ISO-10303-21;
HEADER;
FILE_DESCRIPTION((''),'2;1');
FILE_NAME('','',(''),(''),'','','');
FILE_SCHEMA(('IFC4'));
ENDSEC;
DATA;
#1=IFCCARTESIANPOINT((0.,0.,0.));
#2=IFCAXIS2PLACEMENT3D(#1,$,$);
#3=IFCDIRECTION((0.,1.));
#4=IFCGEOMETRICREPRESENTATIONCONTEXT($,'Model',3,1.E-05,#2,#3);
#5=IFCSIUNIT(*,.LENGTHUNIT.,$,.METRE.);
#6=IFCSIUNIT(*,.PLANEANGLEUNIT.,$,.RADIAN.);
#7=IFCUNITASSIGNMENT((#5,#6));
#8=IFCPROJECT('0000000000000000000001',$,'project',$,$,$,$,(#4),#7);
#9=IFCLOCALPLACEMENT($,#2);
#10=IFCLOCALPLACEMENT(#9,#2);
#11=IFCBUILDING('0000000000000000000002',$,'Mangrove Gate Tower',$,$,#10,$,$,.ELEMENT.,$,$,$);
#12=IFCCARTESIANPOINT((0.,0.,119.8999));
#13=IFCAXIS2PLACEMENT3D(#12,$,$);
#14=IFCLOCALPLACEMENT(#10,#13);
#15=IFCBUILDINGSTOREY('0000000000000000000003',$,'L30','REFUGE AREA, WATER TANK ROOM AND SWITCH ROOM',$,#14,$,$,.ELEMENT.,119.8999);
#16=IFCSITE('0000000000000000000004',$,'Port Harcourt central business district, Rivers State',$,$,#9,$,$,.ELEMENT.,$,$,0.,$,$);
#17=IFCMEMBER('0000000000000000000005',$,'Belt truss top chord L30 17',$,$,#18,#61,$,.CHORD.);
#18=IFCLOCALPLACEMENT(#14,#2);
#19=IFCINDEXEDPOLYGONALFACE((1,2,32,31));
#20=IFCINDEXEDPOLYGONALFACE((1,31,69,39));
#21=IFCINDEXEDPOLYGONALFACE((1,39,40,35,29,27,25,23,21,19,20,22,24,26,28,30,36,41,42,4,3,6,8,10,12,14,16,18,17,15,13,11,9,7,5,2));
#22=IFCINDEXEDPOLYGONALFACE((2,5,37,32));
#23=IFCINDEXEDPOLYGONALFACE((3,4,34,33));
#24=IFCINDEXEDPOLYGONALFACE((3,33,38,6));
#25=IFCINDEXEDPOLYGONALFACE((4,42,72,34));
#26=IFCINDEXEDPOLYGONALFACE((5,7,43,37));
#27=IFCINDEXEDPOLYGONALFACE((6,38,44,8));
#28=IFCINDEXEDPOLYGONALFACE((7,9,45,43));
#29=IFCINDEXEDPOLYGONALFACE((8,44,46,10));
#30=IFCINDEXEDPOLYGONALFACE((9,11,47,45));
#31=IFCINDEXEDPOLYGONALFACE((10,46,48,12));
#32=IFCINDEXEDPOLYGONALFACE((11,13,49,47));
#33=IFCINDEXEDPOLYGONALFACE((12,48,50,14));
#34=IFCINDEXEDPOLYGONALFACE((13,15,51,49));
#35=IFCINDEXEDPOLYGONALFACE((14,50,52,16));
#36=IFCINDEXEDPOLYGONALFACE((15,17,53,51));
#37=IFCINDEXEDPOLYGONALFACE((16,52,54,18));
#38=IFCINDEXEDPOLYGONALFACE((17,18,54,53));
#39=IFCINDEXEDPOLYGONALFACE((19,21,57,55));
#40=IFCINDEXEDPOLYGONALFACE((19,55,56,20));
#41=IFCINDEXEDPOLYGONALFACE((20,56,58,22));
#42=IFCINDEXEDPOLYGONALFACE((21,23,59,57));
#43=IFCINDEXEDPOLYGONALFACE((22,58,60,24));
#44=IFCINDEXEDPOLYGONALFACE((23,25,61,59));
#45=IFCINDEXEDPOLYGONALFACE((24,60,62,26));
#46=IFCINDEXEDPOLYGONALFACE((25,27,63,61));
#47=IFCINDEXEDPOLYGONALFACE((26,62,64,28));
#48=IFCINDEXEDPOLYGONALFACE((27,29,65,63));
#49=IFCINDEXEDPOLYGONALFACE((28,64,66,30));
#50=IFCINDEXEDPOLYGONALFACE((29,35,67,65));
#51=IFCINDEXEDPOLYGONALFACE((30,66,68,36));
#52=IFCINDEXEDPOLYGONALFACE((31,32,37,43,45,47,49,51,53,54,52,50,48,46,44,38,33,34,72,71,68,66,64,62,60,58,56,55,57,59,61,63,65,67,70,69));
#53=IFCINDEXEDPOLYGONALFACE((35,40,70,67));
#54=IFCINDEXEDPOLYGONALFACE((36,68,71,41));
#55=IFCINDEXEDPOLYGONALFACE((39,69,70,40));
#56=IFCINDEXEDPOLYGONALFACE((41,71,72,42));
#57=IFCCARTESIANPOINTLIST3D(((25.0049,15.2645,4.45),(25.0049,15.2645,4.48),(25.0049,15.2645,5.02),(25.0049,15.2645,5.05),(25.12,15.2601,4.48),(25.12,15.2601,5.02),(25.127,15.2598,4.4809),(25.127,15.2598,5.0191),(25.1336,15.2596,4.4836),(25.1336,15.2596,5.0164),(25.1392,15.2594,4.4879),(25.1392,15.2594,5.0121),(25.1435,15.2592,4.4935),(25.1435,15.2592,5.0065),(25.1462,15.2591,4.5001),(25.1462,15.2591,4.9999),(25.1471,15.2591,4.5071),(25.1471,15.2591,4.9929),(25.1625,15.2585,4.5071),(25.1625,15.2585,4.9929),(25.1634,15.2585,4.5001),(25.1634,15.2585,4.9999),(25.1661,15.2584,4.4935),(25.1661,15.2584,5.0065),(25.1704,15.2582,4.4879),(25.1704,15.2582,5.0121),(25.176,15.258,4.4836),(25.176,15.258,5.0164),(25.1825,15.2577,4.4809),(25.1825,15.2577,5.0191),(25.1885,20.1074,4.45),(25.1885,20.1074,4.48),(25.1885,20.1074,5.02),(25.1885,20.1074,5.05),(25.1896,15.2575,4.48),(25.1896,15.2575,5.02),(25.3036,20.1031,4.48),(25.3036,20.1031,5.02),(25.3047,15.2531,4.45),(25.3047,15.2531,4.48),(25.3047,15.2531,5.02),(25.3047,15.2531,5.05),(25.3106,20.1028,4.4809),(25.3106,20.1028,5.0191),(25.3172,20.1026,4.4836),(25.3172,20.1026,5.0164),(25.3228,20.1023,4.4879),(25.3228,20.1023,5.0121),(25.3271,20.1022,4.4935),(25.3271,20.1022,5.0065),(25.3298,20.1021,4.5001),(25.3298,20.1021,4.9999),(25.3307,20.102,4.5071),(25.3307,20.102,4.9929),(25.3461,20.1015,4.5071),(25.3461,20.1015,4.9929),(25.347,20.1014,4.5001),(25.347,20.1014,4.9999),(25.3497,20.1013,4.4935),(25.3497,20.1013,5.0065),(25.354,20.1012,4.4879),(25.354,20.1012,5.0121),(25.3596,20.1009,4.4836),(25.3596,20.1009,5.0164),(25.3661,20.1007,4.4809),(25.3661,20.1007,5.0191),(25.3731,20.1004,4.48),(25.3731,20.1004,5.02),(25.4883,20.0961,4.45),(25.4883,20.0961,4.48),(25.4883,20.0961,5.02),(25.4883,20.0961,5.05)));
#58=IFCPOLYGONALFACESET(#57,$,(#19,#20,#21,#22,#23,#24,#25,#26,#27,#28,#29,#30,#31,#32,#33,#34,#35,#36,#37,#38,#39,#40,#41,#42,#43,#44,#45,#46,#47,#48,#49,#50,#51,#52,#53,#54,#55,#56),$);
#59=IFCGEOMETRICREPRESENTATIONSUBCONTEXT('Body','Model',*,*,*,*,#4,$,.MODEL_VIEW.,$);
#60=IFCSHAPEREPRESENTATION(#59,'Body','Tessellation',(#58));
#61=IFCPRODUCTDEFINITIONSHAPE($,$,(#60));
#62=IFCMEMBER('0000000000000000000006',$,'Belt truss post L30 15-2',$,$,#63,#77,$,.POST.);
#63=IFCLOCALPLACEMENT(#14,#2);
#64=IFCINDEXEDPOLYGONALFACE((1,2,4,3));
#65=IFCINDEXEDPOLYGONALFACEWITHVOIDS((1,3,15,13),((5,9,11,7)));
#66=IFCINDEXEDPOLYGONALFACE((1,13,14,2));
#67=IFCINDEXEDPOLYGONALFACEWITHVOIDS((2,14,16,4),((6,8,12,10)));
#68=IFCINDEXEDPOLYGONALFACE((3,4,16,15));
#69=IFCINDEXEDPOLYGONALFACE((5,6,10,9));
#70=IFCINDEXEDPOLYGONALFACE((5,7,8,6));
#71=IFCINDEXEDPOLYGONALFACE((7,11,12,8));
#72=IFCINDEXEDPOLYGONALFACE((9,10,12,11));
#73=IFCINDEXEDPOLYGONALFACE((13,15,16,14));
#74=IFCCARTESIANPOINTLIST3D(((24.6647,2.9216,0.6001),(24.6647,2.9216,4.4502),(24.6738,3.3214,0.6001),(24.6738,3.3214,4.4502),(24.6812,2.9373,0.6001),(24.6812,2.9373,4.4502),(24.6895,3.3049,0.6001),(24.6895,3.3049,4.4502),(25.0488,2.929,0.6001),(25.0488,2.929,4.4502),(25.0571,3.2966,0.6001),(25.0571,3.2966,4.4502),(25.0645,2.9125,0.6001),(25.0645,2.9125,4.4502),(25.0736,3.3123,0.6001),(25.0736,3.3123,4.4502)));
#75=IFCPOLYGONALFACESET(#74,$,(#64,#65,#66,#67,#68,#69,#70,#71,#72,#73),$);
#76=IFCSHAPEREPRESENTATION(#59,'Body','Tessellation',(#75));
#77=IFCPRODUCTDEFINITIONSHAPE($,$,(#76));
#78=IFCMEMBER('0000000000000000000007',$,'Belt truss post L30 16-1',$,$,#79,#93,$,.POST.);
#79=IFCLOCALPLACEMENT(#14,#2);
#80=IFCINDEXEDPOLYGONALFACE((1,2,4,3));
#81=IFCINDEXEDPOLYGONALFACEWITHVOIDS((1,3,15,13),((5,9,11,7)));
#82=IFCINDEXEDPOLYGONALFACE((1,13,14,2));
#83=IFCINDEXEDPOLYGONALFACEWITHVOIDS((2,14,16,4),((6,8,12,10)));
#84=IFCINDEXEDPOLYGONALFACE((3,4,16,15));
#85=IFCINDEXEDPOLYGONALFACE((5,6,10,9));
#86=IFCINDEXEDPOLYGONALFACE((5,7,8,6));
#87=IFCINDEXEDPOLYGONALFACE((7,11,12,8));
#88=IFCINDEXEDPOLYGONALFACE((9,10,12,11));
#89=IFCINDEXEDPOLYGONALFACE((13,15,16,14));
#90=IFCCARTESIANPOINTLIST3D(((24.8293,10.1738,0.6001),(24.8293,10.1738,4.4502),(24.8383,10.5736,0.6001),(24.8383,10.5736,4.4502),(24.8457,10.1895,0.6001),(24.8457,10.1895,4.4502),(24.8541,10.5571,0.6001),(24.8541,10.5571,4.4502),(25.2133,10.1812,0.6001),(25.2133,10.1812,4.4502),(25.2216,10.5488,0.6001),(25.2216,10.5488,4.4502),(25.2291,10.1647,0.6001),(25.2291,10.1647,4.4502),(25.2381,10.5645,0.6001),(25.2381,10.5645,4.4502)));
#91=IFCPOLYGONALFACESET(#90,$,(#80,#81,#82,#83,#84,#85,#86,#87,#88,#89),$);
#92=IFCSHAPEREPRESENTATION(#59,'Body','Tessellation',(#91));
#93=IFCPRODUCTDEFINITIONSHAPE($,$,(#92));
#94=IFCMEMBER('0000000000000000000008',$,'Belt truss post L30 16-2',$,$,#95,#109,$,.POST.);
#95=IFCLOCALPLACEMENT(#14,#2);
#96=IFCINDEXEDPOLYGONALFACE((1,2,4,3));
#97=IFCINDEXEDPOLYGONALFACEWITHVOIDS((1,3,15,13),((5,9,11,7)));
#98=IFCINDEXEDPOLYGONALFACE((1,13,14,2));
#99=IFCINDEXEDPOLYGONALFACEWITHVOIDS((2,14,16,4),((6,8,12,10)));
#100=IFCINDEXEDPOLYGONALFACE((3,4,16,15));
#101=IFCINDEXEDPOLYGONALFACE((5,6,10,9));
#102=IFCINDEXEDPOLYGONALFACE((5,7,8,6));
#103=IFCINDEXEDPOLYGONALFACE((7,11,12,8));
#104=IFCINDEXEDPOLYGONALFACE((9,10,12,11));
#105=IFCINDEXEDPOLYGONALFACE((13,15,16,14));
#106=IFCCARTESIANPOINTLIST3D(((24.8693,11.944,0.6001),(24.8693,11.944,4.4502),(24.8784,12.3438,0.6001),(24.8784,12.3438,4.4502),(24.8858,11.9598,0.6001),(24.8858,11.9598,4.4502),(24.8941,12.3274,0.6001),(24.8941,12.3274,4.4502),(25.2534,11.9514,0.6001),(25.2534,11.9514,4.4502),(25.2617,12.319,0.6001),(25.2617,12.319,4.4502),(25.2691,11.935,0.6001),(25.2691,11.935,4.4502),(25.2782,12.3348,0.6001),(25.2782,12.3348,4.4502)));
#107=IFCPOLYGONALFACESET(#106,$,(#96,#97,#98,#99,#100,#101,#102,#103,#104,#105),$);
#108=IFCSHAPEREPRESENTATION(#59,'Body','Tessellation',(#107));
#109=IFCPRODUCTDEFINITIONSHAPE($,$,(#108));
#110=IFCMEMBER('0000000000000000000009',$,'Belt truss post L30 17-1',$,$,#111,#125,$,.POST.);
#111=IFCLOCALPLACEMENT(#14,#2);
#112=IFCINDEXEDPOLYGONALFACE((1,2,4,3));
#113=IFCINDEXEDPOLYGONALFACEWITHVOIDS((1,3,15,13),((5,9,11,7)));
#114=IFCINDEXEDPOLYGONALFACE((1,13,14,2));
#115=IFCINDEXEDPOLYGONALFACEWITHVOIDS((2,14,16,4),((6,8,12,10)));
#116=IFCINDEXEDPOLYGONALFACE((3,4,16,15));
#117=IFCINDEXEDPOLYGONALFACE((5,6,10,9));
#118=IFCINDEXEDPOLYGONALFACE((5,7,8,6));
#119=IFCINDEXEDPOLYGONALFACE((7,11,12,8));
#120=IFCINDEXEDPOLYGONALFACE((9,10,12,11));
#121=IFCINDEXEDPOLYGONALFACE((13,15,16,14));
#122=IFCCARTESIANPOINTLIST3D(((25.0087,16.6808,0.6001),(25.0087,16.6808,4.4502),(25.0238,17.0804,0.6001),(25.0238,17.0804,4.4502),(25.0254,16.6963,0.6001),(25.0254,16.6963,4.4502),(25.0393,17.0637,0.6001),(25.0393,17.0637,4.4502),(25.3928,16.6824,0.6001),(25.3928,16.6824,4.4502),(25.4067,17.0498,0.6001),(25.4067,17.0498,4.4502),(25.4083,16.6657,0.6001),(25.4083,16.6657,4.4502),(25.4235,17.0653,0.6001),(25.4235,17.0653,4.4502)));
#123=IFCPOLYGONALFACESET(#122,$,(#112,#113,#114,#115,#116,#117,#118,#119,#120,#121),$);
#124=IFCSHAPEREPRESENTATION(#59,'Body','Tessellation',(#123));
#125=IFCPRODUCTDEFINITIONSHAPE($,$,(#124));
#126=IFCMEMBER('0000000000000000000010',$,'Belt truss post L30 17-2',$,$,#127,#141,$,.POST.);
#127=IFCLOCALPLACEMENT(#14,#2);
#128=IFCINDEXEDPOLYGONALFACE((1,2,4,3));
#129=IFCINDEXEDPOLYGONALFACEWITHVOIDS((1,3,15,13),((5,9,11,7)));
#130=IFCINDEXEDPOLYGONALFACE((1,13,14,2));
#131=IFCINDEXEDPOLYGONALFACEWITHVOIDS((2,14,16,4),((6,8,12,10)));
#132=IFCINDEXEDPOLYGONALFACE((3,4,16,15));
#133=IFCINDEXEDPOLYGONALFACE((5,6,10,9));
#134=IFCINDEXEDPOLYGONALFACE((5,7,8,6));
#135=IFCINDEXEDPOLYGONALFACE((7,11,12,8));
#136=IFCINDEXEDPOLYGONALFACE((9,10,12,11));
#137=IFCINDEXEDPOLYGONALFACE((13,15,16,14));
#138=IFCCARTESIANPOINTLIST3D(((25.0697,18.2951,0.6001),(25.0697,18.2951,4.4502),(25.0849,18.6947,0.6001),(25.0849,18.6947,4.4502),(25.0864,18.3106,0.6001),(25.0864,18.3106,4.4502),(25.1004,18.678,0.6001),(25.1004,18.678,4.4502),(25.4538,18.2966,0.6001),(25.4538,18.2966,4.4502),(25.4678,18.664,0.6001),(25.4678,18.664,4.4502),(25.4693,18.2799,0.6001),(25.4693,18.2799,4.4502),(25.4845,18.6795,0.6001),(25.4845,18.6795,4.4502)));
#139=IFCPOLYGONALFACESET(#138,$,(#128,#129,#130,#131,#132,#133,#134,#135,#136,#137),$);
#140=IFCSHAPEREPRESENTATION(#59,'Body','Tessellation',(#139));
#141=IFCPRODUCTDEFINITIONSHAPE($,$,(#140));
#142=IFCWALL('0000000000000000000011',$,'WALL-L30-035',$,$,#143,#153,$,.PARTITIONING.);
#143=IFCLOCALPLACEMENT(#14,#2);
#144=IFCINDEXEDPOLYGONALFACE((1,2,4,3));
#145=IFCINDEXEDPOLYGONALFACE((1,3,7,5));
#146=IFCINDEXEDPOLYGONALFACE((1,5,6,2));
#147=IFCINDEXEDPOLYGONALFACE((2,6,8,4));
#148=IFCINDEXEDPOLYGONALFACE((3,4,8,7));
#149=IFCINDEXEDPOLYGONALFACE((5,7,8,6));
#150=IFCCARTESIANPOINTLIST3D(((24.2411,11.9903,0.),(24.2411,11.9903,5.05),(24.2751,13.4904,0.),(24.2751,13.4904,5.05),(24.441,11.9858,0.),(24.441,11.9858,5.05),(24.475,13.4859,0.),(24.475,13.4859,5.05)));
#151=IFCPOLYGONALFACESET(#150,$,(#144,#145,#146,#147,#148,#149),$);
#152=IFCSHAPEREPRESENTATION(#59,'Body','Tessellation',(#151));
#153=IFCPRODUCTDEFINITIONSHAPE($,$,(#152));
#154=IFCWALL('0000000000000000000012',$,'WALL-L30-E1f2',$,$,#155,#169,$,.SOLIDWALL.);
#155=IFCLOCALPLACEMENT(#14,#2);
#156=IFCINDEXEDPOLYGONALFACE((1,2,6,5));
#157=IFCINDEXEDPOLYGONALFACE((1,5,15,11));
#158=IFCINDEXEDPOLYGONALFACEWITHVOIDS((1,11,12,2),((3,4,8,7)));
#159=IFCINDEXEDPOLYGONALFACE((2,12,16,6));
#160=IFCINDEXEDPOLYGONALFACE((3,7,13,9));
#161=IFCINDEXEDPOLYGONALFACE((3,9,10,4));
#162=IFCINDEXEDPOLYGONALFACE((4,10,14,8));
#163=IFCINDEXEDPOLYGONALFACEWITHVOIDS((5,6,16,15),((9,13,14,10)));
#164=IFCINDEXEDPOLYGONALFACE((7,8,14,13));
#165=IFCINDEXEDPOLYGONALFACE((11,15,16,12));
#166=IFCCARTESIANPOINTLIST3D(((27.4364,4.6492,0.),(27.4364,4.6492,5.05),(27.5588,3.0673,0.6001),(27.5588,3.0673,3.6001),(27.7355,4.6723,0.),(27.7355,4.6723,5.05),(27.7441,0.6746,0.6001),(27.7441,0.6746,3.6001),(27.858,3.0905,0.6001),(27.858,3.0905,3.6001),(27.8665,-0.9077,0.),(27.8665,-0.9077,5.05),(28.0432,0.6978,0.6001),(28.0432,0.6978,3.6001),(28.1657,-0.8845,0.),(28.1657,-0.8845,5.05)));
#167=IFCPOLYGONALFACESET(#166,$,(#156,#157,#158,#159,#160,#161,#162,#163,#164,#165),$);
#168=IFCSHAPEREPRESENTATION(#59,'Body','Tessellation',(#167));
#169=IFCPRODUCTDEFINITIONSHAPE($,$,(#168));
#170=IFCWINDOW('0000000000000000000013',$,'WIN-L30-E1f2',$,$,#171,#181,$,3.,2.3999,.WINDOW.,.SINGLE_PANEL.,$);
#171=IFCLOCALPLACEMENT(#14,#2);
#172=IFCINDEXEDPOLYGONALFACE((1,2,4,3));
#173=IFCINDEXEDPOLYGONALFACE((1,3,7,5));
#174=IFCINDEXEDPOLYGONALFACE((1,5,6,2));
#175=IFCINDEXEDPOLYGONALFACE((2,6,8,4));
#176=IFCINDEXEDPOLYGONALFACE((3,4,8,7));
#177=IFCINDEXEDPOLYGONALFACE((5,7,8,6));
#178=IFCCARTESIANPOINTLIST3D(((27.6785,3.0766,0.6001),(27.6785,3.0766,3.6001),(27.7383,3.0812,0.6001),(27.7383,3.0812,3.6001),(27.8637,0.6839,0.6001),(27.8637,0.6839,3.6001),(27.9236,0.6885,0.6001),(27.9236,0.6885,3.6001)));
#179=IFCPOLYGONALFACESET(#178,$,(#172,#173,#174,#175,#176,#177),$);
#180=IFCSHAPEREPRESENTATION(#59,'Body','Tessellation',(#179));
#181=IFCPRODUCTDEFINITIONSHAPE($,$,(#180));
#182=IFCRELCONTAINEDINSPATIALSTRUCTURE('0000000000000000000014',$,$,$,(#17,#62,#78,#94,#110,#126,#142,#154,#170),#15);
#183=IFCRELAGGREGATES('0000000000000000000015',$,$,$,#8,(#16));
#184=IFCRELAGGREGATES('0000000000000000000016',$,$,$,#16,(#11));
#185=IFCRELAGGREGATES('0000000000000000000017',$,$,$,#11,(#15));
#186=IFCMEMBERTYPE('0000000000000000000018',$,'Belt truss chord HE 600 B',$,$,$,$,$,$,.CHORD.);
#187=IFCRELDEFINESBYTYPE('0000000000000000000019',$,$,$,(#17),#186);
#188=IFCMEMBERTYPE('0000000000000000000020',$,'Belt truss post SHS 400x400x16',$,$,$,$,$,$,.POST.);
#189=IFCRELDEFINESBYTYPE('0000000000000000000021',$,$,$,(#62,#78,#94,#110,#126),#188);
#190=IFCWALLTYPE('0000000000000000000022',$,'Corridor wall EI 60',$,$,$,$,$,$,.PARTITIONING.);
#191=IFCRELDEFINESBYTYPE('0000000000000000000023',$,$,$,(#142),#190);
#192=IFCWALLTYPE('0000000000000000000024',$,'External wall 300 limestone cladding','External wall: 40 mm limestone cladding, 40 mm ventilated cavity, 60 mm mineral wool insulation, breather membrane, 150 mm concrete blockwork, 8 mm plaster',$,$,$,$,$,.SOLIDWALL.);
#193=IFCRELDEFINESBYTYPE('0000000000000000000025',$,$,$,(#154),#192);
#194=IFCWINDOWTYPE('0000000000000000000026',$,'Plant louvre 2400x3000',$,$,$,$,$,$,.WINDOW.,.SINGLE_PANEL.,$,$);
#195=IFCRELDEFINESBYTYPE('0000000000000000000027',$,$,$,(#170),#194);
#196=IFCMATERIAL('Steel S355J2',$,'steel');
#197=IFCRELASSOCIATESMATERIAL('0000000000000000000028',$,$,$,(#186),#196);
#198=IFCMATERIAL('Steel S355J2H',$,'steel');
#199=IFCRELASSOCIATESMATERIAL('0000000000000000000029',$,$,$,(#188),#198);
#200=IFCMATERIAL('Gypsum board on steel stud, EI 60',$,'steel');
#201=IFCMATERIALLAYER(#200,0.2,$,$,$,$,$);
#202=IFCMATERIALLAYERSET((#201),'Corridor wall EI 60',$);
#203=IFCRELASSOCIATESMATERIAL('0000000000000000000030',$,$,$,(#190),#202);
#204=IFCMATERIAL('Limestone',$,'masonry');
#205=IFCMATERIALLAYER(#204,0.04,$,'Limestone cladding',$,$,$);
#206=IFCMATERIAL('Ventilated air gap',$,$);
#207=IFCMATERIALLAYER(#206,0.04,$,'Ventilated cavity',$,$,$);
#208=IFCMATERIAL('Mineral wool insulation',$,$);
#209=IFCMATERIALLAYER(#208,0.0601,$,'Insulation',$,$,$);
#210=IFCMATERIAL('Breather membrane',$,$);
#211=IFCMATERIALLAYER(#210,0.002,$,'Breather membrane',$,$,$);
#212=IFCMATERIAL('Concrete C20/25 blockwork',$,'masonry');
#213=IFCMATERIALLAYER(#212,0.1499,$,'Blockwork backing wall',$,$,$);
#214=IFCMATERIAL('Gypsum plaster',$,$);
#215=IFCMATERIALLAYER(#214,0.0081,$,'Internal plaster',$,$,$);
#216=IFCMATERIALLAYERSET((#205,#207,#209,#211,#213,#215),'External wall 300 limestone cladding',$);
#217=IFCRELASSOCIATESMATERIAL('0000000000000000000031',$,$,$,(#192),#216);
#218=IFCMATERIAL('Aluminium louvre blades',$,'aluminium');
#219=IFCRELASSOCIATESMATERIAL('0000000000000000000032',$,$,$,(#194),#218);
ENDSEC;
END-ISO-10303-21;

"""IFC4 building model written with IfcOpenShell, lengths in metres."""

from ifc_helpers import new_model, si_unit, direction, frame, frame_2d, origin, origin_2d, place, context, subcontext, project, spatial, rectangle, hollow_rectangle, i_section, extrude, material, layer, layer_set, material_profile, profile_set, type_object, element, fill, save


model = new_model("IFC4")

# Units and contexts
model_context = context("Model", 3, precision=1e-05, world=origin(), true_north=direction((0.0, 1.0)))
body_context = subcontext(model_context, "Body", "Model", "MODEL_VIEW")
ifc_project = project(units=[si_unit("LENGTHUNIT", "METRE"), si_unit("PLANEANGLEUNIT", "RADIAN")], contexts=[model_context])

# Site, building, storey
site_placement = place(None, origin())
site = spatial("IfcSite", under=ifc_project, at=site_placement, Name="Port Harcourt central business district, Rivers State", CompositionType="ELEMENT", RefElevation=0.0)
building_placement = place(site_placement, origin())
building = spatial("IfcBuilding", under=site, at=building_placement, Name="Mangrove Gate Tower", CompositionType="ELEMENT")
storey_placement = place(building_placement, frame((0.0, 0.0, 119.8999)))
storey = spatial("IfcBuildingStorey", under=building, at=storey_placement, Name="L30", Description="REFUGE AREA, WATER TANK ROOM AND SWITCH ROOM", CompositionType="ELEMENT", Elevation=119.8999)

# Members
ifc_material_1 = material(Name="Steel S355J2", Category="steel")
ifc_material_profile_1 = material_profile(ifc_material_1, i_section(OverallWidth=0.3, OverallDepth=0.6001, WebThickness=0.0154, FlangeThickness=0.03, FilletRadius=0.0271, at=origin_2d()))
ifc_profile_set_1 = profile_set([ifc_material_profile_1], Name="Steel S355J2")
member_type_1 = type_object("IfcMemberType", Name="Belt truss chord HE 600 B", PredefinedType="CHORD", material=ifc_profile_set_1)
for number, where, z_axis, x_axis, name in (
    (1, (25.1548, 15.2588, 4.75), (0.037882, 0.999282, 0.0), (-0.999282, 0.037882, 0.0), "Belt truss top chord L30 17"),
):
    element("IfcMember", number, at=place(storey_placement, frame(where, z_axis=z_axis, x_axis=x_axis)), inside=storey, type_object=member_type_1, Name=name, PredefinedType="CHORD", context=body_context, shape_type="SweptSolid", body=[
        extrude(i_section(OverallWidth=0.3, OverallDepth=0.6001, WebThickness=0.0154, FlangeThickness=0.03, FilletRadius=0.0271, at=origin_2d()), origin(), (0.0, 0.0, 1.0), 4.8464),
    ])
ifc_material_2 = material(Name="Steel S355J2H", Category="steel")
ifc_material_profile_2 = material_profile(ifc_material_2, hollow_rectangle(XDim=0.3999, YDim=0.3999, WallThickness=0.0161, at=origin_2d()))
ifc_profile_set_2 = profile_set([ifc_material_profile_2], Name="Steel S355J2H")
member_type_2 = type_object("IfcMemberType", Name="Belt truss post SHS 400x400x16", PredefinedType="POST", material=ifc_profile_set_2)
for number, where, z_axis, x_axis, name in (
    (2, (24.8691, 3.1169, 0.6001), (0.0, 0.0, 1.0), (0.02269, 0.999743, 0.0), "Belt truss post L30 15-2"),
    (3, (25.0337, 10.3691, 0.6001), (0.0, 0.0, 1.0), (0.022667, 0.999743, 0.0), "Belt truss post L30 16-1"),
    (4, (25.0737, 12.1394, 0.6001), (0.0, 0.0, 1.0), (0.022667, 0.999743, 0.0), "Belt truss post L30 16-2"),
    (5, (25.2161, 16.873, 0.6001), (0.0, 0.0, 1.0), (0.0379, 0.999282, 0.0), "Belt truss post L30 17-1"),
    (6, (25.2771, 18.4873, 0.6001), (0.0, 0.0, 1.0), (0.0379, 0.999282, 0.0), "Belt truss post L30 17-2"),
):
    element("IfcMember", number, at=place(storey_placement, frame(where, z_axis=z_axis, x_axis=x_axis)), inside=storey, type_object=member_type_2, Name=name, PredefinedType="POST", context=body_context, shape_type="SweptSolid", body=[
        extrude(hollow_rectangle(XDim=0.3999, YDim=0.3999, WallThickness=0.0161, at=origin_2d()), origin(), (0.0, 0.0, 1.0), 3.8501),
    ])

# Wall
ifc_material_3 = material(Name="Gypsum board on steel stud, EI 60", Category="steel")
ifc_layer_1 = layer(ifc_material_3, 0.2)
ifc_layer_set_1 = layer_set([ifc_layer_1], Name="Corridor wall EI 60")
wall_type_1 = type_object("IfcWallType", Name="Corridor wall EI 60", PredefinedType="PARTITIONING", material=ifc_layer_set_1)
wall_1_placement = place(storey_placement, frame((24.3411, 11.988, 0.0), z_axis=(0.0, 0.0, 1.0), x_axis=(0.022618, 0.999744, 0.0)))
element("IfcWall", 7, at=wall_1_placement, inside=storey, type_object=wall_type_1, Name="WALL-L30-035", PredefinedType="PARTITIONING", context=body_context, shape_type="SweptSolid", body=[
    extrude(rectangle(XDim=1.5005, YDim=0.2, at=frame_2d((0.7502, 0.0))), origin(), (0.0, 0.0, 1.0), 5.05),
])

# Wall, opening, window
ifc_material_4 = material(Name="Limestone", Category="masonry")
ifc_layer_2 = layer(ifc_material_4, 0.04, Name="Limestone cladding")
ifc_material_5 = material(Name="Ventilated air gap")
ifc_layer_3 = layer(ifc_material_5, 0.04, Name="Ventilated cavity")
ifc_material_6 = material(Name="Mineral wool insulation")
ifc_layer_4 = layer(ifc_material_6, 0.0601, Name="Insulation")
ifc_material_7 = material(Name="Breather membrane")
ifc_layer_5 = layer(ifc_material_7, 0.002, Name="Breather membrane")
ifc_material_8 = material(Name="Concrete C20/25 blockwork", Category="masonry")
ifc_layer_6 = layer(ifc_material_8, 0.1499, Name="Blockwork backing wall")
ifc_material_9 = material(Name="Gypsum plaster")
ifc_layer_7 = layer(ifc_material_9, 0.0081, Name="Internal plaster")
ifc_layer_set_2 = layer_set([ifc_layer_2, ifc_layer_3, ifc_layer_4, ifc_layer_5, ifc_layer_6, ifc_layer_7], Name="External wall 300 limestone cladding")
wall_type_2 = type_object("IfcWallType", Name="External wall 300 limestone cladding", Description="External wall: 40 mm limestone cladding, 40 mm ventilated cavity, 60 mm mineral wool insulation, breather membrane, 150 mm concrete blockwork, 8 mm plaster", PredefinedType="SOLIDWALL", material=ifc_layer_set_2)
wall_2_placement = place(storey_placement, frame((28.0161, -0.896, 0.0), z_axis=(0.0, 0.0, 1.0), x_axis=(-0.077182, 0.997017, 0.0)))
wall_2 = element("IfcWall", 8, at=wall_2_placement, inside=storey, type_object=wall_type_2, Name="WALL-L30-E1f2", PredefinedType="SOLIDWALL", context=body_context, shape_type="SweptSolid", body=[
    extrude(rectangle(XDim=5.5735, YDim=0.3, at=frame_2d((2.7866, 0.0))), origin(), (0.0, 0.0, 1.0), 5.05),
])
opening_placement = place(wall_2_placement, frame((1.5869, 0.0, 0.6001)))
opening = element("IfcOpeningElement", 9, at=opening_placement, cuts=wall_2, PredefinedType="OPENING", context=body_context, shape_type="SweptSolid", body=[
    extrude(rectangle(XDim=2.3999, YDim=3.0, at=frame_2d((1.2, 1.5))), frame((0.0, 0.1599, 0.0), z_axis=(0.0, -1.0, 0.0), x_axis=(1.0, 0.0, 0.0)), (0.0, 0.0, 1.0), 0.3201),
])
ifc_material_10 = material(Name="Aluminium louvre blades", Category="aluminium")
window_type = type_object("IfcWindowType", Name="Plant louvre 2400x3000", PartitioningType="SINGLE_PANEL", PredefinedType="WINDOW", material=ifc_material_10)
window_placement = place(opening_placement, origin())
window = element("IfcWindow", 10, at=window_placement, inside=storey, type_object=window_type, Name="WIN-L30-E1f2", OverallHeight=3.0, OverallWidth=2.3999, PartitioningType="SINGLE_PANEL", PredefinedType="WINDOW", context=body_context, shape_type="SweptSolid", body=[
    extrude(rectangle(XDim=2.3999, YDim=3.0, at=frame_2d((1.2, 1.5))), frame((0.0, 0.03, 0.0), z_axis=(0.0, -1.0, 0.0), x_axis=(1.0, 0.0, 0.0)), (0.0, 0.0, 1.0), 0.0601),
])
fill(opening, window)

save(model, "model.ifc")
